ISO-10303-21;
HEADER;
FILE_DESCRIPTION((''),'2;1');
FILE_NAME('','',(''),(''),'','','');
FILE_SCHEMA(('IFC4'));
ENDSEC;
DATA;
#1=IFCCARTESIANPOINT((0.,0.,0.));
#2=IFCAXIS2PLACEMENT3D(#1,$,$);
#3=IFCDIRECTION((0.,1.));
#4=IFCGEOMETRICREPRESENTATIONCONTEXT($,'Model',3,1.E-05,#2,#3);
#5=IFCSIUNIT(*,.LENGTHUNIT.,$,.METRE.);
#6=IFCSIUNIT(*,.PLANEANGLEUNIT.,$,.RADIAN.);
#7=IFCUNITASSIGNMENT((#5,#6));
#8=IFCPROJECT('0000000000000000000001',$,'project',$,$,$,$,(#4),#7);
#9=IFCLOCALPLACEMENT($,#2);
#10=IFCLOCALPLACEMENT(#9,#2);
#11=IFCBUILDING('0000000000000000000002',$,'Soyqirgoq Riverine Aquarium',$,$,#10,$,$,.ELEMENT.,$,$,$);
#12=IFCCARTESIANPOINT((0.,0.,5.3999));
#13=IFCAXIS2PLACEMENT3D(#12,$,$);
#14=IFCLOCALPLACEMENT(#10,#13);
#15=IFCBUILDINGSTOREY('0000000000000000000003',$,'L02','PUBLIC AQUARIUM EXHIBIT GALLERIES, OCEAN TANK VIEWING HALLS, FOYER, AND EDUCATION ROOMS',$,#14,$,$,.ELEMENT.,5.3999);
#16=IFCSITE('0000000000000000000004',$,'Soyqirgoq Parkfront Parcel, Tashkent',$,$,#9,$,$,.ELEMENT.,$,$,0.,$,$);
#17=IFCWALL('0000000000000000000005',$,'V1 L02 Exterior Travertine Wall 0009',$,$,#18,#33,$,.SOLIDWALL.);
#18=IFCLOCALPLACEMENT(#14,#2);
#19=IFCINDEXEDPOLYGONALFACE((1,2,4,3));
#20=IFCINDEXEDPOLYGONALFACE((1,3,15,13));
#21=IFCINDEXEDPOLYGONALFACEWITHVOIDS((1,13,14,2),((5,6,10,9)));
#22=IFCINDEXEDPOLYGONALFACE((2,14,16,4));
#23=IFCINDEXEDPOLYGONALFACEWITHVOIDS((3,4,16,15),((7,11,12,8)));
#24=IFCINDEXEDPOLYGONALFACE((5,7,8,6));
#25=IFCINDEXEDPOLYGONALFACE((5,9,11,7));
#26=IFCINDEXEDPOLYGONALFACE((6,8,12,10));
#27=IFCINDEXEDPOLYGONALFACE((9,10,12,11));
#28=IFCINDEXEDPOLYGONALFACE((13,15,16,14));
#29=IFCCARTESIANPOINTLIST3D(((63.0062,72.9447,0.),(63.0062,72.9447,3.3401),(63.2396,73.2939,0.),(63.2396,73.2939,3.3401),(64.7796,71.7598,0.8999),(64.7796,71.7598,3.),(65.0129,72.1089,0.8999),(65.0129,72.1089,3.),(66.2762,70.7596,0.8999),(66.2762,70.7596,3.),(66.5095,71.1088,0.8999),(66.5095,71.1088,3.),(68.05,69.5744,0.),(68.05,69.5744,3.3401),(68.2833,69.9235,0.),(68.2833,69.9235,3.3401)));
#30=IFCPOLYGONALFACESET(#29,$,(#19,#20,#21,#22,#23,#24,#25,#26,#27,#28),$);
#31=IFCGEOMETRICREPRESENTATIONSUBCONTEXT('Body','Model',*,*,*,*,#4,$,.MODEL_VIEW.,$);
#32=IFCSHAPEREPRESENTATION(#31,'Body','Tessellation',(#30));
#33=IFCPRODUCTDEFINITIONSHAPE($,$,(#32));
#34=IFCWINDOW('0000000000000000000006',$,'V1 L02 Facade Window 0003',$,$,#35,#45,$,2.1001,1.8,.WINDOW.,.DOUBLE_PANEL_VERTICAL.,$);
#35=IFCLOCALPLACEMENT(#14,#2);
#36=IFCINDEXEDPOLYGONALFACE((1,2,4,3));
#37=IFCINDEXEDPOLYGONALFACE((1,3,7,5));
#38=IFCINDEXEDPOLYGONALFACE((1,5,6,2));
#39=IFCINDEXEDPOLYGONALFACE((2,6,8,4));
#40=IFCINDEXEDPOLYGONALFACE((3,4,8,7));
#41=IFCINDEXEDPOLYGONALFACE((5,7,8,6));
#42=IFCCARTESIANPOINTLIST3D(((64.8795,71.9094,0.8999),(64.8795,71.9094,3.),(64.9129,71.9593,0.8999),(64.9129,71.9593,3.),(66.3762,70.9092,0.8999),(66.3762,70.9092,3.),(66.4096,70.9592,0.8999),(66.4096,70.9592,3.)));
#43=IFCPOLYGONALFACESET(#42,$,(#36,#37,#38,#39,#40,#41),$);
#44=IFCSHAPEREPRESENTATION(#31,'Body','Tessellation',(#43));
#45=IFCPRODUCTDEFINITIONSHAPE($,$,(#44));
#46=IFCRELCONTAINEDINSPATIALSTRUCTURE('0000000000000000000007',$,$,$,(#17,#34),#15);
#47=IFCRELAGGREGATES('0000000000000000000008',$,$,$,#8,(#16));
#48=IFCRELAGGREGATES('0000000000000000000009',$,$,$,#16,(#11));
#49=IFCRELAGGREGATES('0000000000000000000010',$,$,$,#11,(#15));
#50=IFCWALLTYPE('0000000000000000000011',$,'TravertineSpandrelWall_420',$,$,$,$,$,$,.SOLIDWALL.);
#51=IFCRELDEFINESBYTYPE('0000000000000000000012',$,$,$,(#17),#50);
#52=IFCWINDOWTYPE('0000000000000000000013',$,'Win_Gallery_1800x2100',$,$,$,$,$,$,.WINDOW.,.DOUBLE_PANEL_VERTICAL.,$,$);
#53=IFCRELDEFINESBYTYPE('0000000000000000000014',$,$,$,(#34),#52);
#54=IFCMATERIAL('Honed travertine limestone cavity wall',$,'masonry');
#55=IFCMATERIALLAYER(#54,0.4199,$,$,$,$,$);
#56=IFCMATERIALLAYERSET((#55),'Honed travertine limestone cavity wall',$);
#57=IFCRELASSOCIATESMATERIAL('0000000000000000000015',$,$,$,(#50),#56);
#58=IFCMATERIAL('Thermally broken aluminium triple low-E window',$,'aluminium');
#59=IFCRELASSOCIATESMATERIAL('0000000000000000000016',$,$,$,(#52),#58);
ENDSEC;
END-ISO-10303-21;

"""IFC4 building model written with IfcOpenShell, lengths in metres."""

from ifc_helpers import new_model, si_unit, direction, frame, frame_2d, origin, place, context, subcontext, project, spatial, rectangle, extrude, material, layer, layer_set, type_object, element, fill, save


model = new_model("IFC4")

# Units and contexts
model_context = context("Model", 3, precision=1e-05, world=origin(), true_north=direction((0.0, 1.0)))
body_context = subcontext(model_context, "Body", "Model", "MODEL_VIEW")
ifc_project = project(units=[si_unit("LENGTHUNIT", "METRE"), si_unit("PLANEANGLEUNIT", "RADIAN")], contexts=[model_context])

# Site, building, storey
site_placement = place(None, origin())
site = spatial("IfcSite", under=ifc_project, at=site_placement, Name="Soyqirgoq Parkfront Parcel, Tashkent", CompositionType="ELEMENT", RefElevation=0.0)
building_placement = place(site_placement, origin())
building = spatial("IfcBuilding", under=site, at=building_placement, Name="Soyqirgoq Riverine Aquarium", CompositionType="ELEMENT")
storey_placement = place(building_placement, frame((0.0, 0.0, 5.3999)))
storey = spatial("IfcBuildingStorey", under=building, at=storey_placement, Name="L02", Description="PUBLIC AQUARIUM EXHIBIT GALLERIES, OCEAN TANK VIEWING HALLS, FOYER, AND EDUCATION ROOMS", CompositionType="ELEMENT", Elevation=5.3999)

# Wall, opening, window
ifc_material_1 = material(Name="Honed travertine limestone cavity wall", Category="masonry")
ifc_layer_1 = layer(ifc_material_1, 0.4199)
ifc_layer_set_1 = layer_set([ifc_layer_1], Name="Honed travertine limestone cavity wall")
wall_type_1 = type_object("IfcWallType", Name="TravertineSpandrelWall_420", PredefinedType="SOLIDWALL", material=ifc_layer_set_1)
wall_1_placement = place(storey_placement, frame((63.1228, 73.1194, 0.0), z_axis=(0.0, 0.0, 1.0), x_axis=(0.831449, -0.555601, 0.0)))
wall_1 = element("IfcWall", 1, at=wall_1_placement, inside=storey, type_object=wall_type_1, Name="V1 L02 Exterior Travertine Wall 0009", PredefinedType="SOLIDWALL", context=body_context, shape_type="SweptSolid", body=[
    extrude(rectangle(XDim=6.0662, YDim=0.4199, at=frame_2d((3.0332, 0.0))), origin(), (0.0, 0.0, 1.0), 3.3401),
])
opening_1_placement = place(wall_1_placement, frame((2.1331, 0.0, 0.8999)))
opening_1 = element("IfcOpeningElement", 2, at=opening_1_placement, cuts=wall_1, PredefinedType="OPENING", context=body_context, shape_type="SweptSolid", body=[
    extrude(rectangle(XDim=1.8, YDim=2.1001, at=frame_2d((0.8999, 1.05))), frame((0.0, 0.22, 0.0), z_axis=(0.0, -1.0, 0.0), x_axis=(1.0, 0.0, 0.0)), (0.0, 0.0, 1.0), 0.4399),
])
ifc_material_2 = material(Name="Thermally broken aluminium triple low-E window", Category="aluminium")
window_type_1 = type_object("IfcWindowType", Name="Win_Gallery_1800x2100", PartitioningType="DOUBLE_PANEL_VERTICAL", PredefinedType="WINDOW", material=ifc_material_2)
window_1_placement = place(opening_1_placement, origin())
window_1 = element("IfcWindow", 3, at=window_1_placement, inside=storey, type_object=window_type_1, Name="V1 L02 Facade Window 0003", OverallHeight=2.1001, OverallWidth=1.8, PartitioningType="DOUBLE_PANEL_VERTICAL", PredefinedType="WINDOW", context=body_context, shape_type="SweptSolid", body=[
    extrude(rectangle(XDim=1.8, YDim=2.1001, at=frame_2d((0.8999, 1.05))), frame((0.0, 0.03, 0.0), z_axis=(0.0, -1.0, 0.0), x_axis=(1.0, 0.0, 0.0)), (0.0, 0.0, 1.0), 0.0601),
])
fill(opening_1, window_1)

save(model, "model.ifc")
